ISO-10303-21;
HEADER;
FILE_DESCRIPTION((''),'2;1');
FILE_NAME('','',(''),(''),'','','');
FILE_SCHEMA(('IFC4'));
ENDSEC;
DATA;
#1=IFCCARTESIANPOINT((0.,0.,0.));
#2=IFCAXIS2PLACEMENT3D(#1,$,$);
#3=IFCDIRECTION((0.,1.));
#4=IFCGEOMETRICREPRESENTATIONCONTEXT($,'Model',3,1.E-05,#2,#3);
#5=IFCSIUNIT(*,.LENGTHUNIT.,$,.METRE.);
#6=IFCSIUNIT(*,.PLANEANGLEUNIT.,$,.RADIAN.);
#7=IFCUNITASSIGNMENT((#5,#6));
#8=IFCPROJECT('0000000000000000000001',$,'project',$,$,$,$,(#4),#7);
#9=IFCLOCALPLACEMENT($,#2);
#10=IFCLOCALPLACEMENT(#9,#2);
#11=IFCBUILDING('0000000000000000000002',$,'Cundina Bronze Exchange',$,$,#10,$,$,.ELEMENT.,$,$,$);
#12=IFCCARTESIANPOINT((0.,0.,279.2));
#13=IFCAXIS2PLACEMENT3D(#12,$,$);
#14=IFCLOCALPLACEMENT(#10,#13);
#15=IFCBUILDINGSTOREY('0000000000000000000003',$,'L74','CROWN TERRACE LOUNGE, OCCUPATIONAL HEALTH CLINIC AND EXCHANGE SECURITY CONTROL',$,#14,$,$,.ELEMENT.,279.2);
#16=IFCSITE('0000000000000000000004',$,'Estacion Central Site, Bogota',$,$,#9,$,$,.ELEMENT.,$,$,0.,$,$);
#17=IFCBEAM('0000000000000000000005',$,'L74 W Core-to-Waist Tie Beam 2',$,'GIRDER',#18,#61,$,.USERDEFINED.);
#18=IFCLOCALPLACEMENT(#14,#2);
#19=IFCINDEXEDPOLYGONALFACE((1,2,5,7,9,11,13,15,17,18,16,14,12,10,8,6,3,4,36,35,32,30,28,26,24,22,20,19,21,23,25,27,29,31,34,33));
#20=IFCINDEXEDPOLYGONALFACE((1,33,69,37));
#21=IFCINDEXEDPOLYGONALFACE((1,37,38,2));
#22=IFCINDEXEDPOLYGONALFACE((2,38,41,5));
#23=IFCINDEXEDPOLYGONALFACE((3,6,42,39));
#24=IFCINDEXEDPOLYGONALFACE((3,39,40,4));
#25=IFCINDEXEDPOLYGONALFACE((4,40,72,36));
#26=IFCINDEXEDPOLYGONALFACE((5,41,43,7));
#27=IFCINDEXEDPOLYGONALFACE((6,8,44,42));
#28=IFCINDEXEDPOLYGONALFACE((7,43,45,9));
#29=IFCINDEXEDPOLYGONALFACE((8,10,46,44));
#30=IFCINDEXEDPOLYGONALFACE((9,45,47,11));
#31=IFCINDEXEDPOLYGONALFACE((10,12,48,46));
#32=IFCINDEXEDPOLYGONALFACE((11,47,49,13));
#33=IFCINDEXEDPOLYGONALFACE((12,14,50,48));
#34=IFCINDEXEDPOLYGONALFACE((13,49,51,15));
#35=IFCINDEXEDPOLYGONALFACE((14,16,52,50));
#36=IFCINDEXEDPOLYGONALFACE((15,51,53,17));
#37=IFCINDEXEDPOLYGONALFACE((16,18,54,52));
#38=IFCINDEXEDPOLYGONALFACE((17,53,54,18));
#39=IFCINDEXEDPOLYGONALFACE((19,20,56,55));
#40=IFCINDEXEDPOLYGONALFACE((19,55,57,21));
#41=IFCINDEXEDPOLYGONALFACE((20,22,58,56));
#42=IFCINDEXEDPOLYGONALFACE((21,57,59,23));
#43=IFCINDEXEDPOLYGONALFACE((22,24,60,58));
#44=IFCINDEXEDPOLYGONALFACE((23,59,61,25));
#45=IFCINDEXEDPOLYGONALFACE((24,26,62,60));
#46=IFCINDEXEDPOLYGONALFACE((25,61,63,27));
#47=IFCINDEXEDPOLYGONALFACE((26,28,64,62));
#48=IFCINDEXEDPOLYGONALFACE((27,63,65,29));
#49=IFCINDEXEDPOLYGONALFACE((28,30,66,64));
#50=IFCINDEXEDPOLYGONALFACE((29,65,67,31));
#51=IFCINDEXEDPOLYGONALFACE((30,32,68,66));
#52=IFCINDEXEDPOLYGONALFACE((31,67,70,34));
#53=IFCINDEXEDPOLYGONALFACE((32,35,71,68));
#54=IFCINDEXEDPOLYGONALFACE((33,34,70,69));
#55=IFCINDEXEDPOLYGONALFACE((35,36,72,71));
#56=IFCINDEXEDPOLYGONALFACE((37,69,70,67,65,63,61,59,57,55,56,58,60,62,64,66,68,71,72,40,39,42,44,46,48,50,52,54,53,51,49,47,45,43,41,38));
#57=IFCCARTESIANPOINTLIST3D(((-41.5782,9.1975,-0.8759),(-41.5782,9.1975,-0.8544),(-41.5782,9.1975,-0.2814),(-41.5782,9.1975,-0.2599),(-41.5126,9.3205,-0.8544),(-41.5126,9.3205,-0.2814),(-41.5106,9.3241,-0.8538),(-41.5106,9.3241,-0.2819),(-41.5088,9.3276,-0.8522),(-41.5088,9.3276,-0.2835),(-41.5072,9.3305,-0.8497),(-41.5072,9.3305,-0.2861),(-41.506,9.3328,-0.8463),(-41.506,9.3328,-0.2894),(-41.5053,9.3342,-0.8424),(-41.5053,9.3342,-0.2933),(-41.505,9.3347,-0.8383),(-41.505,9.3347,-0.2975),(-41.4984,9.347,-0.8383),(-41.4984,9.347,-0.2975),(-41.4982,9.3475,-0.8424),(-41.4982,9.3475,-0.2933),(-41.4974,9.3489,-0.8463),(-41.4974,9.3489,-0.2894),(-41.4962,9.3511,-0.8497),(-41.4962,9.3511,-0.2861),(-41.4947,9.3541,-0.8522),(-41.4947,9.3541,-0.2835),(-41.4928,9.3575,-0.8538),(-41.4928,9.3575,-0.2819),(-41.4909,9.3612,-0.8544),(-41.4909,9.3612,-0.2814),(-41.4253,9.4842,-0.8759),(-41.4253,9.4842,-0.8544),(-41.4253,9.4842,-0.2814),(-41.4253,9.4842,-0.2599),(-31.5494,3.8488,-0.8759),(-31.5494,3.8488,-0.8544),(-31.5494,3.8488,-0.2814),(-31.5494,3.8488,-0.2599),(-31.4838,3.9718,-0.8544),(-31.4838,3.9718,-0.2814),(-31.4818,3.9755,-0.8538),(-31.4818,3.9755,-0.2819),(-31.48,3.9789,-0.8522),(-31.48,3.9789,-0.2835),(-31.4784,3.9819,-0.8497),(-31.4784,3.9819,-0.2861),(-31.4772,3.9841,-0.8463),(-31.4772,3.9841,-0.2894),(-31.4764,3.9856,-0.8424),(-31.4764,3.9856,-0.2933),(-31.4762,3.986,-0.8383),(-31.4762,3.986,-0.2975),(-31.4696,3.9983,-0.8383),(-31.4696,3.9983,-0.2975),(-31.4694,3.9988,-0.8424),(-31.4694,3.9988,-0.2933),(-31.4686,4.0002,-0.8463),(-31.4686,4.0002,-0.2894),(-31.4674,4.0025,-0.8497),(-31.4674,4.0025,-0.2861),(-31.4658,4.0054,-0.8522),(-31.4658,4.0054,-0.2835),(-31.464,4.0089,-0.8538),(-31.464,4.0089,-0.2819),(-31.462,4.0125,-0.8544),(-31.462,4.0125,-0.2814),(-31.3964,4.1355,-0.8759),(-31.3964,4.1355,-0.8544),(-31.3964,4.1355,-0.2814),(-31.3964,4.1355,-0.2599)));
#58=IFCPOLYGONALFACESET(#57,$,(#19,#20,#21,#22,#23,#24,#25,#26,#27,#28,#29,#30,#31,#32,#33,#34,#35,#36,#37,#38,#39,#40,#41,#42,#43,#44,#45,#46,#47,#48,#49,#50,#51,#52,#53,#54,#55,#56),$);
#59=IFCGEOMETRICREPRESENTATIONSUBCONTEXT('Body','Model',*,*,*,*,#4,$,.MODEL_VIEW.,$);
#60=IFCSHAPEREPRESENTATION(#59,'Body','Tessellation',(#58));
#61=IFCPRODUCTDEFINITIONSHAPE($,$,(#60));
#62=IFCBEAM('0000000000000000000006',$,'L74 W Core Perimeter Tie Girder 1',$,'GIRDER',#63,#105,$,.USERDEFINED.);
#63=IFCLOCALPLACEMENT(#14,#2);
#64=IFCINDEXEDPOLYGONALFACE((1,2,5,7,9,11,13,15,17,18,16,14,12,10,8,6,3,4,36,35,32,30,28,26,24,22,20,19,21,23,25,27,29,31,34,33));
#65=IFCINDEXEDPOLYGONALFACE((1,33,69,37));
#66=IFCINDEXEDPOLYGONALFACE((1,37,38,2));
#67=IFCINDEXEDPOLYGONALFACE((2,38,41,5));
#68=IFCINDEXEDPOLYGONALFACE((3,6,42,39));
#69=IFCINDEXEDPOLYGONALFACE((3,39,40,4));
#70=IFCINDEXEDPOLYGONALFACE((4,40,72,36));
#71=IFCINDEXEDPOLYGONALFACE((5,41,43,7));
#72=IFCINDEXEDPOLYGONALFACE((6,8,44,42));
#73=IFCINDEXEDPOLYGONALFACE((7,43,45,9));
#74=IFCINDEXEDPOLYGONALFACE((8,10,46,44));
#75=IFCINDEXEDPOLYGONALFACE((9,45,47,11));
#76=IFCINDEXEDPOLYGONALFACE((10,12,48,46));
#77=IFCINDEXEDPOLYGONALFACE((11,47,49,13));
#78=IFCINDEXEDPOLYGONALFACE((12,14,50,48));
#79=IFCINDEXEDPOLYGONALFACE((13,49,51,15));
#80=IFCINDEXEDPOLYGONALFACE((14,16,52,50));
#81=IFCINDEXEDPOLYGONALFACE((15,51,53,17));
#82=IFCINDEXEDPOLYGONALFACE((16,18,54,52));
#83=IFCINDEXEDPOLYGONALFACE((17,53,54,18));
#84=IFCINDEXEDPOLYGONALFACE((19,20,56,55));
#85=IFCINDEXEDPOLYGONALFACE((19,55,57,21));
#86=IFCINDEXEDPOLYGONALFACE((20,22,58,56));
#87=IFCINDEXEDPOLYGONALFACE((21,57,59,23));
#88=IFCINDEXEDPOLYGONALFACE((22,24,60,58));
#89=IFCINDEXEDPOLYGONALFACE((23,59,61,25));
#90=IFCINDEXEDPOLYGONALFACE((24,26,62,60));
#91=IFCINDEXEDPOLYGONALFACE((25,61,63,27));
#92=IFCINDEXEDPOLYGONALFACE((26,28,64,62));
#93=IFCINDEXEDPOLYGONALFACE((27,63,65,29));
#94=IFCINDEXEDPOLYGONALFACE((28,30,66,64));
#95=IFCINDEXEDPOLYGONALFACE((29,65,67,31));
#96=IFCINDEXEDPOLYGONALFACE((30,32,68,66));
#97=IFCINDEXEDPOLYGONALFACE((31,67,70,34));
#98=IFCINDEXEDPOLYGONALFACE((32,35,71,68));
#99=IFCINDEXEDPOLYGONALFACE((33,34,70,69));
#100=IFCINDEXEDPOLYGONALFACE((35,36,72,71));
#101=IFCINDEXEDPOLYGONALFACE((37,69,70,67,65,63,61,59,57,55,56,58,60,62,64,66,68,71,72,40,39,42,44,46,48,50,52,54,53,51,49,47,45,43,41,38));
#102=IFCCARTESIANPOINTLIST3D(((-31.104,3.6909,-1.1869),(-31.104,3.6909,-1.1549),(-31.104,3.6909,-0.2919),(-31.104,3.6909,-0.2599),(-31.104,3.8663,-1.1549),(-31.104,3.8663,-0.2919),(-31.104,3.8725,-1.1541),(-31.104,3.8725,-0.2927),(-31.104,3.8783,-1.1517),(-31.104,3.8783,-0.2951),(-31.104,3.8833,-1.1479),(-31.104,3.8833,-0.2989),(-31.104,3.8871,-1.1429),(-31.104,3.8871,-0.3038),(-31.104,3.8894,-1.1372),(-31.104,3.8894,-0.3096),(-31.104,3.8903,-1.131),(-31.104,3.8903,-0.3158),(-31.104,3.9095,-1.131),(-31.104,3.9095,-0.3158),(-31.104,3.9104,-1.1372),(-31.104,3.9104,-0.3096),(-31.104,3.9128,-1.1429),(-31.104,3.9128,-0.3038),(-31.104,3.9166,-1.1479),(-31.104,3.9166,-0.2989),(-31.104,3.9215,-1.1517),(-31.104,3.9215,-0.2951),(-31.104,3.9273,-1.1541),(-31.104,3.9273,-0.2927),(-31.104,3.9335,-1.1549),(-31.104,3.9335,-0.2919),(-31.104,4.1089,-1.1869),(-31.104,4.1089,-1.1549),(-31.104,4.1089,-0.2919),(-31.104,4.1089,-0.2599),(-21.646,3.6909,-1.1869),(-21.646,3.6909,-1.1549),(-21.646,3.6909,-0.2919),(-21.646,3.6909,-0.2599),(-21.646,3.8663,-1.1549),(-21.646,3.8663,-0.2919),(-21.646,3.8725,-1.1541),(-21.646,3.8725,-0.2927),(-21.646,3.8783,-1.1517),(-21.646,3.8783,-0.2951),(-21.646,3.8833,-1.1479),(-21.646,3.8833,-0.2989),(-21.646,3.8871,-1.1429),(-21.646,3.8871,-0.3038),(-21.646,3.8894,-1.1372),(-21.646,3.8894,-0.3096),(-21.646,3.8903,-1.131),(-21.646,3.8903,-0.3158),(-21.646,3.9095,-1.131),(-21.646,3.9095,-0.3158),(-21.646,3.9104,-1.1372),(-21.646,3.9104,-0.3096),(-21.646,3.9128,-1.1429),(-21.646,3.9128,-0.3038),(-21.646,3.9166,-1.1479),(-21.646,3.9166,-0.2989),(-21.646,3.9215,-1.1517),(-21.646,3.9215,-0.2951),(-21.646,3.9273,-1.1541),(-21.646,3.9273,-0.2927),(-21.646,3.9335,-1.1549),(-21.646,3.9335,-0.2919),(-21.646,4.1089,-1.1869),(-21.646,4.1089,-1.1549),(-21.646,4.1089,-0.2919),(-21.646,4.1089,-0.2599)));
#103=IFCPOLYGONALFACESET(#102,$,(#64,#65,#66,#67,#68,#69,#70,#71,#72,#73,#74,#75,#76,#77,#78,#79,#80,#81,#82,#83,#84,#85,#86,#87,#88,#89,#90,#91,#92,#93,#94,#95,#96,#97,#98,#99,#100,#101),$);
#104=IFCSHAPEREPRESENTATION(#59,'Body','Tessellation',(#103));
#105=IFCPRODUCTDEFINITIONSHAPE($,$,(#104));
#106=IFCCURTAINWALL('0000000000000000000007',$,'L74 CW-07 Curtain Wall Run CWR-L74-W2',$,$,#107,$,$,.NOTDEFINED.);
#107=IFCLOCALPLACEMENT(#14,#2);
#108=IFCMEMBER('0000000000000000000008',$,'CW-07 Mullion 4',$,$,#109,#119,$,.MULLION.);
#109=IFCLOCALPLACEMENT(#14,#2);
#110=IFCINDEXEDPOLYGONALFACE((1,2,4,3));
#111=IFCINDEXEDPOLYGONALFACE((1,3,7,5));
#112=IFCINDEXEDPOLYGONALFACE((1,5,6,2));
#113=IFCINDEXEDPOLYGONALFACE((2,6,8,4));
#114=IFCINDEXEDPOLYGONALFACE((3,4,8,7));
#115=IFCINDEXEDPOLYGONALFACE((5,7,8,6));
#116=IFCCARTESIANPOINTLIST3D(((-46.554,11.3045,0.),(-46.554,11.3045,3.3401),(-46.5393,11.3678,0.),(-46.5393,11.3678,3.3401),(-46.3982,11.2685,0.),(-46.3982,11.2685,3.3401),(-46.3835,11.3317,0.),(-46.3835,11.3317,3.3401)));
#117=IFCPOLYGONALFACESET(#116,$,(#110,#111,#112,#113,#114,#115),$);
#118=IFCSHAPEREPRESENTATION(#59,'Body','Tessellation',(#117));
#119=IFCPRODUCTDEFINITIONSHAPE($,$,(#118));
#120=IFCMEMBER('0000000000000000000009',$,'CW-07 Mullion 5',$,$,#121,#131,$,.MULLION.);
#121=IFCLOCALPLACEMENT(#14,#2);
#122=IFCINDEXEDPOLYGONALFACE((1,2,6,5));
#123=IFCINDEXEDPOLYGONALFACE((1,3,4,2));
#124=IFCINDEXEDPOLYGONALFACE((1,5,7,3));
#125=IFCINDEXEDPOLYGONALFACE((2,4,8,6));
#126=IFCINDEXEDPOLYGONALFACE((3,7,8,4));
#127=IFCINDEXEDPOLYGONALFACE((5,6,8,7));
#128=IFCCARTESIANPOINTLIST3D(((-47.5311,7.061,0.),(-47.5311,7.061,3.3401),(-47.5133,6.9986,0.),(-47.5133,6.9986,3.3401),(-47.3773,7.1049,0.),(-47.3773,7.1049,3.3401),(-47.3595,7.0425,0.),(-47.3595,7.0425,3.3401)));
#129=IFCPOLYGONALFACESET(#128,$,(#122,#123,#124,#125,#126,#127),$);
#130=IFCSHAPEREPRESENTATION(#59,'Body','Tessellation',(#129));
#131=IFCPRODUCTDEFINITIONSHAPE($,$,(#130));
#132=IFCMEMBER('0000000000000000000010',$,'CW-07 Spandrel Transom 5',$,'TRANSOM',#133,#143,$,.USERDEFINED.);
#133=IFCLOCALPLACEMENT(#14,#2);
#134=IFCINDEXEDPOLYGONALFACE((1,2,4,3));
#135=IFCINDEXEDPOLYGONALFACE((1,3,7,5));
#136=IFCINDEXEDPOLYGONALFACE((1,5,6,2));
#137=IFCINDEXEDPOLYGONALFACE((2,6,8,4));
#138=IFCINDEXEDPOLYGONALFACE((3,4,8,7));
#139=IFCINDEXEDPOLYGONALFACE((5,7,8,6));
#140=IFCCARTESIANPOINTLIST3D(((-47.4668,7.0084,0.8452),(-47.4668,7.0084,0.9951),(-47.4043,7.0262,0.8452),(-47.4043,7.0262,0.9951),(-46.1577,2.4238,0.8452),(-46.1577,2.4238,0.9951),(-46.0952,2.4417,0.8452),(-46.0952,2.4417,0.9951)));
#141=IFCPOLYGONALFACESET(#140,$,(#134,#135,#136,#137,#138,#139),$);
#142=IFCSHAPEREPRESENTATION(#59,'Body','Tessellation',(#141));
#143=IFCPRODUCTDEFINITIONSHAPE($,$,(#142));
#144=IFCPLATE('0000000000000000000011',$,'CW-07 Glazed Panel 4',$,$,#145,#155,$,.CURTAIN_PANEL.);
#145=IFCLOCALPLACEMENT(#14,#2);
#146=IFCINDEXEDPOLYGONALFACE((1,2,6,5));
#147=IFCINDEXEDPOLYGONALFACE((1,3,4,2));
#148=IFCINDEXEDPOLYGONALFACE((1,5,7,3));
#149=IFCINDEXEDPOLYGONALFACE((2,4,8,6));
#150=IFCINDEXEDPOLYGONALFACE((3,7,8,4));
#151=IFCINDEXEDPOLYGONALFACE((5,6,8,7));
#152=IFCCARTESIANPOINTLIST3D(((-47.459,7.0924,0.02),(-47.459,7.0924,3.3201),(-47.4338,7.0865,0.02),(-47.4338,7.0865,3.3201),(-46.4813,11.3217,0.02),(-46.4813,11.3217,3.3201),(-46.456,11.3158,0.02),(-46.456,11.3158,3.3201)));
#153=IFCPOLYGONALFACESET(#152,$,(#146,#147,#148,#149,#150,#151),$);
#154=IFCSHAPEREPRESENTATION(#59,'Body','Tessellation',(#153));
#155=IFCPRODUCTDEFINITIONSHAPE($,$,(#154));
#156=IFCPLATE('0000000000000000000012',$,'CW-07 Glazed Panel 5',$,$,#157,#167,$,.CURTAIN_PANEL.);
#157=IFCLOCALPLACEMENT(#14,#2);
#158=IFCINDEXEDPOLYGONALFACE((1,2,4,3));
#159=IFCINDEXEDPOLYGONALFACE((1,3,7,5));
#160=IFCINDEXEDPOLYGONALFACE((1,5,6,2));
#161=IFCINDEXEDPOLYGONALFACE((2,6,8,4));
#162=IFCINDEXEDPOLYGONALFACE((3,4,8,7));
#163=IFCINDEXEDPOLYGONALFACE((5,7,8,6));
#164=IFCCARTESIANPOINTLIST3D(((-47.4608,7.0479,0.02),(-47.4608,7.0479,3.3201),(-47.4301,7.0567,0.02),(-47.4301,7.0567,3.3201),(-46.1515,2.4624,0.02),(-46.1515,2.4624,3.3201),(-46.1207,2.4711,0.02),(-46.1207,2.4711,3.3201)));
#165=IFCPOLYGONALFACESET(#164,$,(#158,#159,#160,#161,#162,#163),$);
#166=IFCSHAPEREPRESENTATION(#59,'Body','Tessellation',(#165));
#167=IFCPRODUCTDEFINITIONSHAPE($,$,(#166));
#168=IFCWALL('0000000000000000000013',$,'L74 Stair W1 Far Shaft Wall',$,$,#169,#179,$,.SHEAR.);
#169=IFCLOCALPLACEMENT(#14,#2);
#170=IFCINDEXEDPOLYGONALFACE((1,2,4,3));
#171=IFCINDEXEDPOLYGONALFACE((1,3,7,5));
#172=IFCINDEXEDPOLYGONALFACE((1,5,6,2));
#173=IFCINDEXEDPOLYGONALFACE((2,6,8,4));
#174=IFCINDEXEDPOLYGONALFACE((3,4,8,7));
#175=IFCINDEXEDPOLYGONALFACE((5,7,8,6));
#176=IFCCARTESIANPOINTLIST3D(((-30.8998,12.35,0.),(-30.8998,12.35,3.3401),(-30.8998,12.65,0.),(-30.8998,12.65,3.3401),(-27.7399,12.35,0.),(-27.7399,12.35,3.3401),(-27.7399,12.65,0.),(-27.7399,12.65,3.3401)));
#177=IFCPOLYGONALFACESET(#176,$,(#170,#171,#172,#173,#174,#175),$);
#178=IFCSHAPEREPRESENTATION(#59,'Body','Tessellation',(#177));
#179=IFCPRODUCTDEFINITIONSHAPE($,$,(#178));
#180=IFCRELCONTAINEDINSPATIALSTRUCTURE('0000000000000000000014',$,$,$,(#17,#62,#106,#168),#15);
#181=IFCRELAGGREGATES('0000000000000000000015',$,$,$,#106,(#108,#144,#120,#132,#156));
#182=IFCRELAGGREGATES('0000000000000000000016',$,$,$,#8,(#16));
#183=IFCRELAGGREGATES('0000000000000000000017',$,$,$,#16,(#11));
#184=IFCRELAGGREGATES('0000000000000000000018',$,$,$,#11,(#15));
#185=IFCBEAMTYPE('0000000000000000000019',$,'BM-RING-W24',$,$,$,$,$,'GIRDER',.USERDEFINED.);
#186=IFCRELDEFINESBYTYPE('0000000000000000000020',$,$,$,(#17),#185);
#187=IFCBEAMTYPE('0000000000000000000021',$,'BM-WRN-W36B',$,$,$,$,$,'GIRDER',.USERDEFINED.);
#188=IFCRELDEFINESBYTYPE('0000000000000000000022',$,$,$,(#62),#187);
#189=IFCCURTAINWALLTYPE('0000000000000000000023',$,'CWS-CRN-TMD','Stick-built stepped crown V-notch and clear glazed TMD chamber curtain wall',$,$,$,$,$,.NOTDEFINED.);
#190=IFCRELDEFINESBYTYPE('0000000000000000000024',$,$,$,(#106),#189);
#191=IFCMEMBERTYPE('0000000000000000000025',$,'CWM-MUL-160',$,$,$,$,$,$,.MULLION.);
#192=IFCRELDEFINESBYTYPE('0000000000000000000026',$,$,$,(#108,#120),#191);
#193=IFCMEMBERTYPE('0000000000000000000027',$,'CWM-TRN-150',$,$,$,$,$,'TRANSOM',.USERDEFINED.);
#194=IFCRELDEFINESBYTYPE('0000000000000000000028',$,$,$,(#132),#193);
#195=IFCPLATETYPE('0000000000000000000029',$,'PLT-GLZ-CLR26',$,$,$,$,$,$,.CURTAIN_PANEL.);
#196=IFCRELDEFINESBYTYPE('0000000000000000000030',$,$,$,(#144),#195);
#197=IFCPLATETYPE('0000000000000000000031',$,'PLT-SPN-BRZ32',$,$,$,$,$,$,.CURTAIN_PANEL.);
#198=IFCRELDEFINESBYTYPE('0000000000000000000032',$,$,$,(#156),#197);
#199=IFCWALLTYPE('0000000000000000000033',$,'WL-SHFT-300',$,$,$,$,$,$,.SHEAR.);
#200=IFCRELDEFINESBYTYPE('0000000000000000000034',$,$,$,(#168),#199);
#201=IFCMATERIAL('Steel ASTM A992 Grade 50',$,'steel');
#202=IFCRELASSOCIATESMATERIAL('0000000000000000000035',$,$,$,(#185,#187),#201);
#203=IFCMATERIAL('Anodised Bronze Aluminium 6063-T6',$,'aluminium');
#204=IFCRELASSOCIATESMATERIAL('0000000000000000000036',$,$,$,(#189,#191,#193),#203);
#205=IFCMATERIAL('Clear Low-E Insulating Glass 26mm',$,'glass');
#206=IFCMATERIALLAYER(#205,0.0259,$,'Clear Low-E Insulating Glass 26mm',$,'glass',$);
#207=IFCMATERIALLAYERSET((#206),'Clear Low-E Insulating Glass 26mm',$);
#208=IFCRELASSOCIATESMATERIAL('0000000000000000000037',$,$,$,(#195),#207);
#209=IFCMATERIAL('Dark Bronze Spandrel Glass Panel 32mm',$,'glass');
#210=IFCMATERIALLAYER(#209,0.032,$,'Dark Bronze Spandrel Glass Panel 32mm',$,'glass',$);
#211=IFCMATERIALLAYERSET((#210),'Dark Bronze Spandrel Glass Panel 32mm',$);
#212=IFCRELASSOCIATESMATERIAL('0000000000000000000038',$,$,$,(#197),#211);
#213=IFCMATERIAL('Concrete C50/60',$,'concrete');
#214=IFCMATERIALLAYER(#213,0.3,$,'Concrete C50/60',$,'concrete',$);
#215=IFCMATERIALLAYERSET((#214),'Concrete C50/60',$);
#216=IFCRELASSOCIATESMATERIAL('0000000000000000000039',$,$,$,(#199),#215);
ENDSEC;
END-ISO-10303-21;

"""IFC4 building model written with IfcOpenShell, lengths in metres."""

from ifc_helpers import new_model, si_unit, direction, frame, frame_2d, origin, origin_2d, place, context, subcontext, project, spatial, rectangle, i_section, extrude, material, layer, layer_set, material_profile, profile_set, type_object, element, aggregate, save


model = new_model("IFC4")

# Units and contexts
model_context = context("Model", 3, precision=1e-05, world=origin(), true_north=direction((0.0, 1.0)))
body_context = subcontext(model_context, "Body", "Model", "MODEL_VIEW")
ifc_project = project(units=[si_unit("LENGTHUNIT", "METRE"), si_unit("PLANEANGLEUNIT", "RADIAN")], contexts=[model_context])

# Site, building, storey
site_placement = place(None, origin())
site = spatial("IfcSite", under=ifc_project, at=site_placement, Name="Estacion Central Site, Bogota", CompositionType="ELEMENT", RefElevation=0.0)
building_placement = place(site_placement, origin())
building = spatial("IfcBuilding", under=site, at=building_placement, Name="Cundina Bronze Exchange", CompositionType="ELEMENT")
storey_placement = place(building_placement, frame((0.0, 0.0, 279.2)))
storey = spatial("IfcBuildingStorey", under=building, at=storey_placement, Name="L74", Description="CROWN TERRACE LOUNGE, OCCUPATIONAL HEALTH CLINIC AND EXCHANGE SECURITY CONTROL", CompositionType="ELEMENT", Elevation=279.2)

# Shared definitions
ifc_material_1 = material(Name="Concrete C50/60", Category="concrete")
ifc_material_2 = material(Name="Steel ASTM A992 Grade 50", Category="steel")

# Beams
ifc_material_profile_1 = material_profile(ifc_material_2, i_section(OverallWidth=0.325, OverallDepth=0.616, WebThickness=0.0139, FlangeThickness=0.0215, FilletRadius=0.0161, at=origin_2d()), Name="W24X117", Category="steel")
ifc_profile_set_1 = profile_set([ifc_material_profile_1], Name="Steel ASTM A992 Grade 50")
beam_type_1 = type_object("IfcBeamType", Name="BM-RING-W24", ElementType="GIRDER", PredefinedType="USERDEFINED", material=ifc_profile_set_1)
beam_1_placement = place(storey_placement, frame((-31.4729, 3.9922, -0.5679), z_axis=(-0.882355, 0.470584, 0.0), x_axis=(-0.470584, -0.882355, 0.0)))
element("IfcBeam", 1, at=beam_1_placement, inside=storey, type_object=beam_type_1, Name="L74 W Core-to-Waist Tie Beam 2", ObjectType="GIRDER", PredefinedType="USERDEFINED", context=body_context, shape_type="SweptSolid", body=[
    extrude(i_section(OverallWidth=0.325, OverallDepth=0.616, WebThickness=0.0139, FlangeThickness=0.0215, FilletRadius=0.0161, at=origin_2d()), origin(), (0.0, 0.0, 1.0), 11.366),
])
ifc_material_profile_2 = material_profile(ifc_material_2, i_section(OverallWidth=0.418, OverallDepth=0.927, WebThickness=0.0193, FlangeThickness=0.032, FilletRadius=0.0239, at=origin_2d()), Name="W36X231", Category="steel")
ifc_profile_set_2 = profile_set([ifc_material_profile_2], Name="Steel ASTM A992 Grade 50")
beam_type_2 = type_object("IfcBeamType", Name="BM-WRN-W36B", ElementType="GIRDER", PredefinedType="USERDEFINED", material=ifc_profile_set_2)
beam_2_placement = place(storey_placement, frame((-31.104, 3.8999, -0.7234), z_axis=(1.0, 0.0, 0.0), x_axis=(0.0, 1.0, 0.0)))
element("IfcBeam", 2, at=beam_2_placement, inside=storey, type_object=beam_type_2, Name="L74 W Core Perimeter Tie Girder 1", ObjectType="GIRDER", PredefinedType="USERDEFINED", context=body_context, shape_type="SweptSolid", body=[
    extrude(i_section(OverallWidth=0.418, OverallDepth=0.927, WebThickness=0.0193, FlangeThickness=0.032, FilletRadius=0.0239, at=origin_2d()), origin(), (0.0, 0.0, 1.0), 9.458),
])

# Curtain wall, members, plates
ifc_material_3 = material(Name="Anodised Bronze Aluminium 6063-T6", Category="aluminium")
curtain_wall_type = type_object("IfcCurtainWallType", Name="CWS-CRN-TMD", Description="Stick-built stepped crown V-notch and clear glazed TMD chamber curtain wall", PredefinedType="NOTDEFINED", material=ifc_material_3)
curtain_wall_placement = place(storey_placement, origin())
curtain_wall = element("IfcCurtainWall", 3, at=curtain_wall_placement, inside=storey, type_object=curtain_wall_type, Name="L74 CW-07 Curtain Wall Run CWR-L74-W2", PredefinedType="NOTDEFINED")
ifc_material_profile_3 = material_profile(ifc_material_3, rectangle(XDim=0.0649, YDim=0.1599, at=origin_2d()), Name="AL65X160", Category="aluminium")
ifc_profile_set_3 = profile_set([ifc_material_profile_3], Name="Anodised Bronze Aluminium 6063-T6")
member_type_1 = type_object("IfcMemberType", Name="CWM-MUL-160", PredefinedType="MULLION", material=ifc_profile_set_3)
member_1_placement = place(storey_placement, frame((-46.4688, 11.3181, 0.0), z_axis=(0.0, 0.0, 1.0), x_axis=(-0.225291, -0.974291, 0.0)))
member_1 = element("IfcMember", 4, at=member_1_placement, type_object=member_type_1, Name="CW-07 Mullion 4", PredefinedType="MULLION", context=body_context, shape_type="SweptSolid", body=[
    extrude(rectangle(XDim=0.0649, YDim=0.1599, at=origin_2d()), origin(), (0.0, 0.0, 1.0), 3.3401),
])
member_2_placement = place(storey_placement, frame((-47.4453, 7.0518, 0.0), z_axis=(0.0, 0.0, 1.0), x_axis=(0.274631, -0.96155, 0.0)))
member_2 = element("IfcMember", 5, at=member_2_placement, type_object=member_type_1, Name="CW-07 Mullion 5", PredefinedType="MULLION", context=body_context, shape_type="SweptSolid", body=[
    extrude(rectangle(XDim=0.0649, YDim=0.1599, at=origin_2d()), origin(), (0.0, 0.0, 1.0), 3.3401),
])
ifc_material_profile_4 = material_profile(ifc_material_3, rectangle(XDim=0.0649, YDim=0.1499, at=origin_2d()), Name="AL65X150", Category="aluminium")
ifc_profile_set_4 = profile_set([ifc_material_profile_4], Name="Anodised Bronze Aluminium 6063-T6")
member_type_2 = type_object("IfcMemberType", Name="CWM-TRN-150", ElementType="TRANSOM", PredefinedType="USERDEFINED", material=ifc_profile_set_4)
member_3_placement = place(storey_placement, frame((-47.4355, 7.0173, 0.9202), z_axis=(0.274572, -0.961566, 0.0), x_axis=(0.961566, 0.274572, 0.0)))
member_3 = element("IfcMember", 6, at=member_3_placement, type_object=member_type_2, Name="CW-07 Spandrel Transom 5", ObjectType="TRANSOM", PredefinedType="USERDEFINED", context=body_context, shape_type="SweptSolid", body=[
    extrude(rectangle(XDim=0.0649, YDim=0.1499, at=origin_2d()), origin(), (0.0, 0.0, 1.0), 4.7678),
])
ifc_material_4 = material(Name="Clear Low-E Insulating Glass 26mm", Category="glass")
ifc_layer_1 = layer(ifc_material_4, 0.0259, Name="Clear Low-E Insulating Glass 26mm", Category="glass")
ifc_layer_set_1 = layer_set([ifc_layer_1], Name="Clear Low-E Insulating Glass 26mm")
plate_type_1 = type_object("IfcPlateType", Name="PLT-GLZ-CLR26", PredefinedType="CURTAIN_PANEL", material=ifc_layer_set_1)
plate_1_placement = place(storey_placement, frame((-46.9575, 9.2041, 0.02), z_axis=(0.0, 0.0, 1.0), x_axis=(-0.22524, -0.974303, 0.0)))
plate_1 = element("IfcPlate", 7, at=plate_1_placement, type_object=plate_type_1, Name="CW-07 Glazed Panel 4", PredefinedType="CURTAIN_PANEL", context=body_context, shape_type="SweptSolid", body=[
    extrude(rectangle(XDim=4.3408, YDim=0.0259, at=origin_2d()), origin(), (0.0, 0.0, 1.0), 3.3),
])
ifc_material_5 = material(Name="Dark Bronze Spandrel Glass Panel 32mm", Category="glass")
ifc_layer_2 = layer(ifc_material_5, 0.032, Name="Dark Bronze Spandrel Glass Panel 32mm", Category="glass")
ifc_layer_set_2 = layer_set([ifc_layer_2], Name="Dark Bronze Spandrel Glass Panel 32mm")
plate_type_2 = type_object("IfcPlateType", Name="PLT-SPN-BRZ32", PredefinedType="CURTAIN_PANEL", material=ifc_layer_set_2)
plate_2_placement = place(storey_placement, frame((-46.7908, 4.7595, 0.02), z_axis=(0.0, 0.0, 1.0), x_axis=(0.274563, -0.961569, 0.0)))
plate_2 = element("IfcPlate", 8, at=plate_2_placement, type_object=plate_type_2, Name="CW-07 Glazed Panel 5", PredefinedType="CURTAIN_PANEL", context=body_context, shape_type="SweptSolid", body=[
    extrude(rectangle(XDim=4.7688, YDim=0.032, at=origin_2d()), origin(), (0.0, 0.0, 1.0), 3.3),
])
aggregate(curtain_wall, [member_1, plate_1, member_2, member_3, plate_2])

# Shared definitions
ifc_layer_3 = layer(ifc_material_1, 0.3, Name="Concrete C50/60", Category="concrete")
ifc_layer_set_3 = layer_set([ifc_layer_3], Name="Concrete C50/60")
wall_type_1 = type_object("IfcWallType", Name="WL-SHFT-300", PredefinedType="SHEAR", material=ifc_layer_set_3)

# Wall
wall_1_placement = place(storey_placement, frame((-30.8999, 12.5, 0.0), z_axis=(0.0, 0.0, 1.0), x_axis=(1.0, 0.0, 0.0)))
element("IfcWall", 9, at=wall_1_placement, inside=storey, type_object=wall_type_1, Name="L74 Stair W1 Far Shaft Wall", PredefinedType="SHEAR", context=body_context, shape_type="SweptSolid", body=[
    extrude(rectangle(XDim=3.1599, YDim=0.3, at=frame_2d((1.5801, 0.0))), origin(), (0.0, 0.0, 1.0), 3.3401),
])

save(model, "model.ifc")
